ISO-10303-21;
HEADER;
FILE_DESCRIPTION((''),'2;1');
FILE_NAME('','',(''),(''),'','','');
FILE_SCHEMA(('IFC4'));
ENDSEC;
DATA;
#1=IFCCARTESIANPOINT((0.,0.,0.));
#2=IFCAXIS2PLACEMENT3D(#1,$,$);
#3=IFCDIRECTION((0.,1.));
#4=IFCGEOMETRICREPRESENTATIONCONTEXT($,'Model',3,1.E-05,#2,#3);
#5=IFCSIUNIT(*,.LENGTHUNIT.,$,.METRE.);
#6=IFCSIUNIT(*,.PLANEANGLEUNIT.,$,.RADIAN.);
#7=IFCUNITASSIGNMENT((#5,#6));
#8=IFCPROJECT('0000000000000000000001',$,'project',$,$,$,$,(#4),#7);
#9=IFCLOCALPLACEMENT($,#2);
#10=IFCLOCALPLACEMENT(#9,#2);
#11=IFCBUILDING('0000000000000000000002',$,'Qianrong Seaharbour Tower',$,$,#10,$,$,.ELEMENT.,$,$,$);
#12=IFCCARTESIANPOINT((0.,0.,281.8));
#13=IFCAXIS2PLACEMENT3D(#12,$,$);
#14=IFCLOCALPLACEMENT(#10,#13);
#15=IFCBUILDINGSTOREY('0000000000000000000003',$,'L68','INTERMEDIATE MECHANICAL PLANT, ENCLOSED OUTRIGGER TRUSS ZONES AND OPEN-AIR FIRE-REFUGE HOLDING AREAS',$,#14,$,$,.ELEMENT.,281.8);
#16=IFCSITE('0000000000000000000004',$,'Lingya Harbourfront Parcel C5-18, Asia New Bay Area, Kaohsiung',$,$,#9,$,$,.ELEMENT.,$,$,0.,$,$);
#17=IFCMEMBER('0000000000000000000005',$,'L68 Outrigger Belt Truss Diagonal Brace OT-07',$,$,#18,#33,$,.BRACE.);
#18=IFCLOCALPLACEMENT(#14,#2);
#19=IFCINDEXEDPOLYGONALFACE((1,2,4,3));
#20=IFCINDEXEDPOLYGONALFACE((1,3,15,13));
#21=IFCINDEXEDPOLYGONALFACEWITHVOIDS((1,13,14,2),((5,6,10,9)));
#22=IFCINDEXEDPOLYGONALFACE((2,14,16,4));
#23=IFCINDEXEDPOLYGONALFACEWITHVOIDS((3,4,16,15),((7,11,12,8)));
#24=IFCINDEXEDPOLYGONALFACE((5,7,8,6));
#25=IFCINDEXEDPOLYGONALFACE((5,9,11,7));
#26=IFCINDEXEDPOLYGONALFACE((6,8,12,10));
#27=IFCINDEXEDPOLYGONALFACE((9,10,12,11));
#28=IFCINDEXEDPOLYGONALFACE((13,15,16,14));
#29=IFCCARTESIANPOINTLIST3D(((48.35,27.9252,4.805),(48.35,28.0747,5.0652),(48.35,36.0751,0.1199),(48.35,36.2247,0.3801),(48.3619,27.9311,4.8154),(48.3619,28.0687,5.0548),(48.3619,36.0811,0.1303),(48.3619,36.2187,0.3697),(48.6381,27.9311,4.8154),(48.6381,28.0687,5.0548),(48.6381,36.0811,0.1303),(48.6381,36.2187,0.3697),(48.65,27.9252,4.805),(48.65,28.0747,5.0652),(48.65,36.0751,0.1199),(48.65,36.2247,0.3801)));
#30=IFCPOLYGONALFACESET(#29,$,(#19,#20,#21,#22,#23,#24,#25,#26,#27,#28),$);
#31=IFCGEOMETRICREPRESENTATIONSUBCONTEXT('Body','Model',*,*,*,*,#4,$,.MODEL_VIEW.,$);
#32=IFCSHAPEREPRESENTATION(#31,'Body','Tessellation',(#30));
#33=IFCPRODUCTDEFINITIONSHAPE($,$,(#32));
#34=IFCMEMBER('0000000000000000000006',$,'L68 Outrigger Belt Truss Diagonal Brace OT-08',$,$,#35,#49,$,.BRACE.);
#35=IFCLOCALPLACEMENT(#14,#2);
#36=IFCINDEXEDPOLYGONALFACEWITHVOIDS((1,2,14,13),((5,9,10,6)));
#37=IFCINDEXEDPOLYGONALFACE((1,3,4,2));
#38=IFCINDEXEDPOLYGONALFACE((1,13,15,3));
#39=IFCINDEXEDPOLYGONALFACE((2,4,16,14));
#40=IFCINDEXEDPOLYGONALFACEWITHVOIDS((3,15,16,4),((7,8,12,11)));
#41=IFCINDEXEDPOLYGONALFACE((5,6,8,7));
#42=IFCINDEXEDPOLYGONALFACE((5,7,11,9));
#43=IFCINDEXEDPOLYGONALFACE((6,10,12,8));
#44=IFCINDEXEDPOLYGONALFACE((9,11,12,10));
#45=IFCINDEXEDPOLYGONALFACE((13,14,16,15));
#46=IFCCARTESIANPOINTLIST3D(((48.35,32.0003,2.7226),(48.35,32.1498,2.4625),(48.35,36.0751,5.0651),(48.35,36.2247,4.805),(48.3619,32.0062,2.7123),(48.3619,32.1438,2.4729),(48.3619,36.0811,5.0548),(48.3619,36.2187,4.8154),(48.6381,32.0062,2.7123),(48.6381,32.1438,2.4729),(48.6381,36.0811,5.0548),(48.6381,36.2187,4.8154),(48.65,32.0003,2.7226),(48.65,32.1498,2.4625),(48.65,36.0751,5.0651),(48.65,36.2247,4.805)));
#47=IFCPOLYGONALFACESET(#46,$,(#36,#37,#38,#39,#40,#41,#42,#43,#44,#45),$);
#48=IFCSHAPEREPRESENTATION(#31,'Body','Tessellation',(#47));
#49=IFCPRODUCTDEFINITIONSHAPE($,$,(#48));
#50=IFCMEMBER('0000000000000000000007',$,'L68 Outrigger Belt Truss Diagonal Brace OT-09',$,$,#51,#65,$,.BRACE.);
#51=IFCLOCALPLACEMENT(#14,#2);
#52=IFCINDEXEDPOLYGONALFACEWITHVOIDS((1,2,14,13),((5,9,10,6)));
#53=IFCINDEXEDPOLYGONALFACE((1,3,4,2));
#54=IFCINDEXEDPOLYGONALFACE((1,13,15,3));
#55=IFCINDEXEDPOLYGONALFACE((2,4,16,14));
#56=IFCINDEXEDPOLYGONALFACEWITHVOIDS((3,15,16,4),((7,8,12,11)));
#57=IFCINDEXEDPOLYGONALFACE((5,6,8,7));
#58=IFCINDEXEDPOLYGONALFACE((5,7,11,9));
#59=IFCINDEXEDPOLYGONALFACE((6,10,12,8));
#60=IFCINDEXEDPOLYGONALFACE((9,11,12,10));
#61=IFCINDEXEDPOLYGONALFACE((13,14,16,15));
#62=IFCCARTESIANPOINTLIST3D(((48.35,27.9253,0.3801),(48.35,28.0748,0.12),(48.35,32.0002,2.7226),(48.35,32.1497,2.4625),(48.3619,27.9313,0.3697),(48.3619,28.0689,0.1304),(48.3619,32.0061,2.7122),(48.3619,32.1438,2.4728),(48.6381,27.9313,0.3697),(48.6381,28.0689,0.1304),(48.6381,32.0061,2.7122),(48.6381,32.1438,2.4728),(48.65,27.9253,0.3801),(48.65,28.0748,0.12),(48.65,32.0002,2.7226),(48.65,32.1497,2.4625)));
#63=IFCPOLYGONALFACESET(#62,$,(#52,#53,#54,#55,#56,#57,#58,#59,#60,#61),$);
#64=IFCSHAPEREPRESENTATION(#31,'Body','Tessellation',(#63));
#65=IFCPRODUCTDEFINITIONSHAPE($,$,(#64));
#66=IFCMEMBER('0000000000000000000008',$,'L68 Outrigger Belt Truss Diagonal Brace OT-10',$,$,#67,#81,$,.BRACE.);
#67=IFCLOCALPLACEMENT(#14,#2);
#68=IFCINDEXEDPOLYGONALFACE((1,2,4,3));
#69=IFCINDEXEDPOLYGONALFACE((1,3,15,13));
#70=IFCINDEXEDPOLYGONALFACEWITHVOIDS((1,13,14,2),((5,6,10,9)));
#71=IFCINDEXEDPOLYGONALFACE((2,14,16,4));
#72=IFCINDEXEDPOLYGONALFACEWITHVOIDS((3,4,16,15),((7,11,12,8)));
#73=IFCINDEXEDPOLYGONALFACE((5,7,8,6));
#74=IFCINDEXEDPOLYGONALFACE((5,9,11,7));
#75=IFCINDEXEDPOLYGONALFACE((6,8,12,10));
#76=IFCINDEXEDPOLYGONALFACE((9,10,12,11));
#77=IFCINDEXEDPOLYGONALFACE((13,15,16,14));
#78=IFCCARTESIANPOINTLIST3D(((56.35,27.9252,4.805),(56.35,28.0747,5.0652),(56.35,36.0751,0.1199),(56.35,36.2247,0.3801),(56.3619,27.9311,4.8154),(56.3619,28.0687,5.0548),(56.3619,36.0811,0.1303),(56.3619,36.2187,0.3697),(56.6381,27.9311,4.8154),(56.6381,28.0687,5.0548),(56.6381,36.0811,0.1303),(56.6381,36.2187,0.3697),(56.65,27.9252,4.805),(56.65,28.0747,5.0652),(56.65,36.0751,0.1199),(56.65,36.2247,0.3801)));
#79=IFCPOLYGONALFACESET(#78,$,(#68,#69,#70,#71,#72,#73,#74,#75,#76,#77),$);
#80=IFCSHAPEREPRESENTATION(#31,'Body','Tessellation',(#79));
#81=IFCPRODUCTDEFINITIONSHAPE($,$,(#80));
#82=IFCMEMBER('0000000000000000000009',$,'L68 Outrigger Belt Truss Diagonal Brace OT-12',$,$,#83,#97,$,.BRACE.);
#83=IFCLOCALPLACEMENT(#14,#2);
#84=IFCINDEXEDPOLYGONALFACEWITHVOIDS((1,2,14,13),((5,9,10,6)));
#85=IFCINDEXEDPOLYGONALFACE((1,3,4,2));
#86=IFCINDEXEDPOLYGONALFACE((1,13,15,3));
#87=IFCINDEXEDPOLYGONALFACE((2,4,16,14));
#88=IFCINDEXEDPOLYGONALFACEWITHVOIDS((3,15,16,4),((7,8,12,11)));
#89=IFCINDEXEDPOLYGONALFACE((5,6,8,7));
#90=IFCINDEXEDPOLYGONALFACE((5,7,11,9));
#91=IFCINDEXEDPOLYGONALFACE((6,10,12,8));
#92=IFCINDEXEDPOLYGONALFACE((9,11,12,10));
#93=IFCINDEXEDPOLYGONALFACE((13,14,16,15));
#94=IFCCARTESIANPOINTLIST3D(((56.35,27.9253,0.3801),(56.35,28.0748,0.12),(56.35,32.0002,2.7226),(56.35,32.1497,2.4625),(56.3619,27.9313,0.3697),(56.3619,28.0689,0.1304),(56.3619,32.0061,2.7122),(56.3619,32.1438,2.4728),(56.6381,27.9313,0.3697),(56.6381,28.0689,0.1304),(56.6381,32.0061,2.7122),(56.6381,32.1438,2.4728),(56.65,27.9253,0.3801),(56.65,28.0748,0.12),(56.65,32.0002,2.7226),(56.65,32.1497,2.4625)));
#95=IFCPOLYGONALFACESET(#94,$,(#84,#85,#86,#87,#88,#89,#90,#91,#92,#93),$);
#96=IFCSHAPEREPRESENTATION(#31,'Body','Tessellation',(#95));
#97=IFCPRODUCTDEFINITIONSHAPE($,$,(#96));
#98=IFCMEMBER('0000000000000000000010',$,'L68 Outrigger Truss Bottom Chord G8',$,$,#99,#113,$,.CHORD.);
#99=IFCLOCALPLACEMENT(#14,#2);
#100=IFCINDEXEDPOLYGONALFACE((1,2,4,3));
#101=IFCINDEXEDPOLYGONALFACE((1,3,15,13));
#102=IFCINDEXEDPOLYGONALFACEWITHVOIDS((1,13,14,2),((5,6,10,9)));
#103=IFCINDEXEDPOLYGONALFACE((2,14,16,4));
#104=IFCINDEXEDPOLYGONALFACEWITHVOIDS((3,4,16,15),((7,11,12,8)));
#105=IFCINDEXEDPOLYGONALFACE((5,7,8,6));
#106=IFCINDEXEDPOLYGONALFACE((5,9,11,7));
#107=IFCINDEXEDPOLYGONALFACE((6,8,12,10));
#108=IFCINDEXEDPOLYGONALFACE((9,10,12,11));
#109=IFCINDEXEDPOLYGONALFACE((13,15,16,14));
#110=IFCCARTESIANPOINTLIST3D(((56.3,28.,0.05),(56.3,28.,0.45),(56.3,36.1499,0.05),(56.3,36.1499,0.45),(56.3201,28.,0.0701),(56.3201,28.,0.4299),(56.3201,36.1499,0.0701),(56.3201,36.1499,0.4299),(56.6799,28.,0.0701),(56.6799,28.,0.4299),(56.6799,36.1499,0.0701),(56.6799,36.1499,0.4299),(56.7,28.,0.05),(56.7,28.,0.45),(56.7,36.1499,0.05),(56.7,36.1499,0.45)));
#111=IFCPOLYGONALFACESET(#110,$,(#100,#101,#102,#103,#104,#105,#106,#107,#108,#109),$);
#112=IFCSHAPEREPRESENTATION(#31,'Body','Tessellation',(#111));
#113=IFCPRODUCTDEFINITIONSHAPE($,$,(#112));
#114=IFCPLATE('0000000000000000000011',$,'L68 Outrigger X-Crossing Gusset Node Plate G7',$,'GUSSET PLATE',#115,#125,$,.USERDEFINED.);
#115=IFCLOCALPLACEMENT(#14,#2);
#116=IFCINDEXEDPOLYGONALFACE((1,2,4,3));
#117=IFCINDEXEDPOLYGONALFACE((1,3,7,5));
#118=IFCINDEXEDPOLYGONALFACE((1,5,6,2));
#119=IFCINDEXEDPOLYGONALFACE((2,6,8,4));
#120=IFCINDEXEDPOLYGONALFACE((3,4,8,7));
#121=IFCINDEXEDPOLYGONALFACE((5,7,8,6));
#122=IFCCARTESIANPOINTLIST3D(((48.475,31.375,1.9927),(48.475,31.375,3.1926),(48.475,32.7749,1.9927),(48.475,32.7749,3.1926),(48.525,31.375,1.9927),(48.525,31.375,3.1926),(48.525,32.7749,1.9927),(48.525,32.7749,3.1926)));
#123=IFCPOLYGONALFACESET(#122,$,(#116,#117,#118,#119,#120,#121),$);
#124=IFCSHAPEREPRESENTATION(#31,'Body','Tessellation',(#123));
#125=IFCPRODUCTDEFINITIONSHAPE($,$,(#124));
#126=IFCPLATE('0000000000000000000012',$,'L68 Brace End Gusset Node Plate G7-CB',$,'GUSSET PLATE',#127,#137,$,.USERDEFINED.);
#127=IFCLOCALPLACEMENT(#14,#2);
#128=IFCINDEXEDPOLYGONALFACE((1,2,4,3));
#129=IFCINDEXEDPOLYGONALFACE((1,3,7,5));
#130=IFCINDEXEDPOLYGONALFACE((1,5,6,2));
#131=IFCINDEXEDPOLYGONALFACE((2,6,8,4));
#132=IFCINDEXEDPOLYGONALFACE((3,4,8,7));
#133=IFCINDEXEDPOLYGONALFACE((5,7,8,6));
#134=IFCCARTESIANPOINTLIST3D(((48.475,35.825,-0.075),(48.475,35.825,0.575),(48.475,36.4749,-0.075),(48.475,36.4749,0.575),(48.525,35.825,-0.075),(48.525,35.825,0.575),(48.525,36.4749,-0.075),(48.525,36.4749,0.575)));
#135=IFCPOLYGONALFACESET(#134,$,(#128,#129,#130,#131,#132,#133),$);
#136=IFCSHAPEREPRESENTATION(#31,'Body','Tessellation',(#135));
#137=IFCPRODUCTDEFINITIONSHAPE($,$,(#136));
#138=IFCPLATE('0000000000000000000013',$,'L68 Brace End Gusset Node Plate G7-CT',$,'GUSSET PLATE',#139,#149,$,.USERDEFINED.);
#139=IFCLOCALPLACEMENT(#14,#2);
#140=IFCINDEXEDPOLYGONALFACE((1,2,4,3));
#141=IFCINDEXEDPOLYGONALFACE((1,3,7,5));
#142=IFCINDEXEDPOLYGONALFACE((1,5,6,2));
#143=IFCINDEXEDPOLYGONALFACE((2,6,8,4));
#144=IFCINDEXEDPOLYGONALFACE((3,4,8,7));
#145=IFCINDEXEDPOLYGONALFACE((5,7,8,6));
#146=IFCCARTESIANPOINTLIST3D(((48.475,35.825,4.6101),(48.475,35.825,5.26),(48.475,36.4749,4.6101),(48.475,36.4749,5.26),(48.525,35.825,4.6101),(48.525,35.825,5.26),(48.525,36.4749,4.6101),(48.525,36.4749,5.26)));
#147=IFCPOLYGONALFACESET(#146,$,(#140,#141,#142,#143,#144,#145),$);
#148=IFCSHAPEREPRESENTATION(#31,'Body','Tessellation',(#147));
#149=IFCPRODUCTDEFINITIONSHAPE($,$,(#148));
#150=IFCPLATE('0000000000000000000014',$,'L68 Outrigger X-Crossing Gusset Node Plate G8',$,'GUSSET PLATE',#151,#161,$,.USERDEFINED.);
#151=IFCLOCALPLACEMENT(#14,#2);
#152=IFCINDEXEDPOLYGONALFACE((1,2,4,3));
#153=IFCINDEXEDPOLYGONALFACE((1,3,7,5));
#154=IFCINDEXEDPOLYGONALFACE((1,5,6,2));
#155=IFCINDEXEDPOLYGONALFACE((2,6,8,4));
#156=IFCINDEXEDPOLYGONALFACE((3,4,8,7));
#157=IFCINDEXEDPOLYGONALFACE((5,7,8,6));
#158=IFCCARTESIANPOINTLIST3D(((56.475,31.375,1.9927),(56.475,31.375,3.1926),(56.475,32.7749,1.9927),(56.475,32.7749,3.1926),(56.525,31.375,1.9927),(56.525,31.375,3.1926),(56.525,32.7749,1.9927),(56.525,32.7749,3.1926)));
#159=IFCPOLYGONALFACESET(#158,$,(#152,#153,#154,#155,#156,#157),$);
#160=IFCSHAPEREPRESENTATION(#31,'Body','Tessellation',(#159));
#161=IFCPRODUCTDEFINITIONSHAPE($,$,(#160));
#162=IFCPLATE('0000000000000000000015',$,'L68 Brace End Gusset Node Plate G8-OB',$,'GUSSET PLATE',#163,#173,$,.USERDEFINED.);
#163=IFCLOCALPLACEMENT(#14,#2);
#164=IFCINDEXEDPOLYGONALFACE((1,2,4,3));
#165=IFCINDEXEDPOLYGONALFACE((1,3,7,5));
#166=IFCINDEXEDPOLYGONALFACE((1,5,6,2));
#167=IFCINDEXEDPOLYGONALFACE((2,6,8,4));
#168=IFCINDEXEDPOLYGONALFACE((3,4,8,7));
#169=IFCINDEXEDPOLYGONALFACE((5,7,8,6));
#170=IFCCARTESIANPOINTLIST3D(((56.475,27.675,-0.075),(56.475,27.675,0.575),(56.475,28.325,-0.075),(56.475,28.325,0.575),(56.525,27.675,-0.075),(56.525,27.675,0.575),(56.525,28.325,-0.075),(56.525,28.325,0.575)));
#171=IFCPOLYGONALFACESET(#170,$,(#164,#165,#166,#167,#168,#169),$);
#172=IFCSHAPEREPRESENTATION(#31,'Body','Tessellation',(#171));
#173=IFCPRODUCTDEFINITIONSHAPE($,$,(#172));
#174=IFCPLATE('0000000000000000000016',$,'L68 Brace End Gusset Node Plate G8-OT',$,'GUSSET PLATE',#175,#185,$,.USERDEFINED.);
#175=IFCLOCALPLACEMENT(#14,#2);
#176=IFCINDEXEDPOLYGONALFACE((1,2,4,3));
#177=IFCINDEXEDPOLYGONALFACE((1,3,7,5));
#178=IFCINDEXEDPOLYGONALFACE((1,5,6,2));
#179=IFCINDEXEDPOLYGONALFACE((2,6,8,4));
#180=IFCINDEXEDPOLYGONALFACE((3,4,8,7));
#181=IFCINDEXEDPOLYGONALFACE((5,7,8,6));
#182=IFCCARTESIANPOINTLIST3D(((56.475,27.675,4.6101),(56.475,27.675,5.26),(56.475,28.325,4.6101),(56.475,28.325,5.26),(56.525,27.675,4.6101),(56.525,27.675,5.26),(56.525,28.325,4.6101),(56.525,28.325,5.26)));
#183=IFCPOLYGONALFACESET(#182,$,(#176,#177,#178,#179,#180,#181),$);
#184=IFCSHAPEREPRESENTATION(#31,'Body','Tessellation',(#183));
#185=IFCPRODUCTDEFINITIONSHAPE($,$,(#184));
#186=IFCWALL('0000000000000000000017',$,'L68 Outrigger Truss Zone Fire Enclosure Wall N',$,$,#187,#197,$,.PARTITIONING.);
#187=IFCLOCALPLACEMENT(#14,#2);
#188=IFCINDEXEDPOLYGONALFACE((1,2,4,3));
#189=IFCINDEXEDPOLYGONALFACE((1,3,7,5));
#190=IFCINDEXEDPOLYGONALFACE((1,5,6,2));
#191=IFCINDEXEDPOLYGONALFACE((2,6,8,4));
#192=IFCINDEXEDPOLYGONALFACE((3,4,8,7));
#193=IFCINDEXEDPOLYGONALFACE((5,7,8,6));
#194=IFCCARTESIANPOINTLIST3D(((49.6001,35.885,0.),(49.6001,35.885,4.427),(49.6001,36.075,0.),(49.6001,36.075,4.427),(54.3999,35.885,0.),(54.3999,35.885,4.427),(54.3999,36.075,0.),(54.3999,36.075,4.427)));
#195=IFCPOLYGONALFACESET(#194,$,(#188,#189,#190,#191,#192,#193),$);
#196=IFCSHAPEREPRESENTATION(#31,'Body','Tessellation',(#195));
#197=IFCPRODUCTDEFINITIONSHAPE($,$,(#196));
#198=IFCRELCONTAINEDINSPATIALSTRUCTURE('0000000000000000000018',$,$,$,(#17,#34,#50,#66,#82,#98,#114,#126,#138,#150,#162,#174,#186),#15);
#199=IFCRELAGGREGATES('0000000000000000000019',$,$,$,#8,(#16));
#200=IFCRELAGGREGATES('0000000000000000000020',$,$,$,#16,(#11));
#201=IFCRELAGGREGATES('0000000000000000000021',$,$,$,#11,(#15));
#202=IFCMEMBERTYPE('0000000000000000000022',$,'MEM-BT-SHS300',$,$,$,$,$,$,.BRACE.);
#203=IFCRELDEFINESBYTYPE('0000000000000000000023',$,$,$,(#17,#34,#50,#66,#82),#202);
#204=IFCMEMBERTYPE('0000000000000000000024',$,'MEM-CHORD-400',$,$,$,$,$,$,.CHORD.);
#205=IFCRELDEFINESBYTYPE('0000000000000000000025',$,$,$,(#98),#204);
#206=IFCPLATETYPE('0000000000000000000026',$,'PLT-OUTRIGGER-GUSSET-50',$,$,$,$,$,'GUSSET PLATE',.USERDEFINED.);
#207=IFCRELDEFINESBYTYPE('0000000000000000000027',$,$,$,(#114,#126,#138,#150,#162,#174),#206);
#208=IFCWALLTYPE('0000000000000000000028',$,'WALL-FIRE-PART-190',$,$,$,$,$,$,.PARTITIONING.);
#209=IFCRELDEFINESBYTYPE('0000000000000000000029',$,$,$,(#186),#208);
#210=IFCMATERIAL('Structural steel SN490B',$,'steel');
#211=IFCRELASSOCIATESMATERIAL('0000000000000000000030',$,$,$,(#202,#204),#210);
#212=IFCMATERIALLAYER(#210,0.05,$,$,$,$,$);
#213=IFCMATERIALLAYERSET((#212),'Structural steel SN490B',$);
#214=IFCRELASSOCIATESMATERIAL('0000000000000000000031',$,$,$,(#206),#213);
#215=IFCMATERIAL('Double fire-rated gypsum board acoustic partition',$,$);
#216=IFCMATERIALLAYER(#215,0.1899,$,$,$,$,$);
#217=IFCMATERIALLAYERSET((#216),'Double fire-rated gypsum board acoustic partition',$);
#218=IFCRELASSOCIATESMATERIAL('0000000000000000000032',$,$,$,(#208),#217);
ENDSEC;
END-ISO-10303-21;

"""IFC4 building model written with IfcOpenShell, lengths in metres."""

from ifc_helpers import new_model, si_unit, direction, frame, frame_2d, origin, origin_2d, place, context, subcontext, project, spatial, rectangle, hollow_rectangle, extrude, material, layer, layer_set, material_profile, profile_set, type_object, element, save


model = new_model("IFC4")

# Units and contexts
model_context = context("Model", 3, precision=1e-05, world=origin(), true_north=direction((0.0, 1.0)))
body_context = subcontext(model_context, "Body", "Model", "MODEL_VIEW")
ifc_project = project(units=[si_unit("LENGTHUNIT", "METRE"), si_unit("PLANEANGLEUNIT", "RADIAN")], contexts=[model_context])

# Site, building, storey
site_placement = place(None, origin())
site = spatial("IfcSite", under=ifc_project, at=site_placement, Name="Lingya Harbourfront Parcel C5-18, Asia New Bay Area, Kaohsiung", CompositionType="ELEMENT", RefElevation=0.0)
building_placement = place(site_placement, origin())
building = spatial("IfcBuilding", under=site, at=building_placement, Name="Qianrong Seaharbour Tower", CompositionType="ELEMENT")
storey_placement = place(building_placement, frame((0.0, 0.0, 281.8)))
storey = spatial("IfcBuildingStorey", under=building, at=storey_placement, Name="L68", Description="INTERMEDIATE MECHANICAL PLANT, ENCLOSED OUTRIGGER TRUSS ZONES AND OPEN-AIR FIRE-REFUGE HOLDING AREAS", CompositionType="ELEMENT", Elevation=281.8)

# Shared definitions
ifc_material_1 = material(Name="Structural steel SN490B", Category="steel")

# Members
ifc_material_profile_1 = material_profile(ifc_material_1, hollow_rectangle(XDim=0.3, YDim=0.3, WallThickness=0.012, at=origin_2d()), Name="SHS300x300x12")
ifc_profile_set_1 = profile_set([ifc_material_profile_1], Name="Structural steel SN490B")
member_type_1 = type_object("IfcMemberType", Name="MEM-BT-SHS300", PredefinedType="BRACE", material=ifc_profile_set_1)
member_1_placement = place(storey_placement, frame((48.5, 36.1499, 0.25), z_axis=(0.0, -0.866958, 0.49838), x_axis=(1.0, 0.0, 0.0)))
element("IfcMember", 1, at=member_1_placement, inside=storey, type_object=member_type_1, Name="L68 Outrigger Belt Truss Diagonal Brace OT-07", PredefinedType="BRACE", context=body_context, shape_type="SweptSolid", body=[
    extrude(hollow_rectangle(XDim=0.3, YDim=0.3, WallThickness=0.012, at=origin_2d()), origin(), (0.0, 0.0, 1.0), 9.4006),
])
for number, where, z_axis, x_axis, name in (
    (2, (48.5, 36.1499, 4.9351), (0.0, -0.866958, -0.49838), (1.0, 0.0, 0.0), "L68 Outrigger Belt Truss Diagonal Brace OT-08"),
    (3, (48.5, 32.075, 2.5925), (0.0, -0.866958, -0.49838), (1.0, 0.0, 0.0), "L68 Outrigger Belt Truss Diagonal Brace OT-09"),
):
    element("IfcMember", number, at=place(storey_placement, frame(where, z_axis=z_axis, x_axis=x_axis)), inside=storey, type_object=member_type_1, Name=name, PredefinedType="BRACE", context=body_context, shape_type="SweptSolid", body=[
        extrude(hollow_rectangle(XDim=0.3, YDim=0.3, WallThickness=0.012, at=origin_2d()), origin(), (0.0, 0.0, 1.0), 4.7002),
    ])
member_2_placement = place(storey_placement, frame((56.5, 36.1499, 0.25), z_axis=(0.0, -0.866958, 0.49838), x_axis=(1.0, 0.0, 0.0)))
element("IfcMember", 4, at=member_2_placement, inside=storey, type_object=member_type_1, Name="L68 Outrigger Belt Truss Diagonal Brace OT-10", PredefinedType="BRACE", context=body_context, shape_type="SweptSolid", body=[
    extrude(hollow_rectangle(XDim=0.3, YDim=0.3, WallThickness=0.012, at=origin_2d()), origin(), (0.0, 0.0, 1.0), 9.4006),
])
member_3_placement = place(storey_placement, frame((56.5, 32.075, 2.5925), z_axis=(0.0, -0.866958, -0.49838), x_axis=(1.0, 0.0, 0.0)))
element("IfcMember", 5, at=member_3_placement, inside=storey, type_object=member_type_1, Name="L68 Outrigger Belt Truss Diagonal Brace OT-12", PredefinedType="BRACE", context=body_context, shape_type="SweptSolid", body=[
    extrude(hollow_rectangle(XDim=0.3, YDim=0.3, WallThickness=0.012, at=origin_2d()), origin(), (0.0, 0.0, 1.0), 4.7002),
])
ifc_material_profile_2 = material_profile(ifc_material_1, hollow_rectangle(XDim=0.3999, YDim=0.3999, WallThickness=0.02, at=origin_2d()), Name="SHS400x400x20")
ifc_profile_set_2 = profile_set([ifc_material_profile_2], Name="Structural steel SN490B")
member_type_2 = type_object("IfcMemberType", Name="MEM-CHORD-400", PredefinedType="CHORD", material=ifc_profile_set_2)
member_4_placement = place(storey_placement, frame((56.5, 28.0, 0.25), z_axis=(0.0, 1.0, 0.0), x_axis=(-1.0, 0.0, 0.0)))
element("IfcMember", 6, at=member_4_placement, inside=storey, type_object=member_type_2, Name="L68 Outrigger Truss Bottom Chord G8", PredefinedType="CHORD", context=body_context, shape_type="SweptSolid", body=[
    extrude(hollow_rectangle(XDim=0.3999, YDim=0.3999, WallThickness=0.02, at=origin_2d()), origin(), (0.0, 0.0, 1.0), 8.1499),
])

# Plates
ifc_layer_1 = layer(ifc_material_1, 0.05)
ifc_layer_set_1 = layer_set([ifc_layer_1], Name="Structural steel SN490B")
plate_type = type_object("IfcPlateType", Name="PLT-OUTRIGGER-GUSSET-50", ElementType="GUSSET PLATE", PredefinedType="USERDEFINED", material=ifc_layer_set_1)
plate_1_placement = place(storey_placement, frame((48.5, 32.075, 1.9927), z_axis=(0.0, 0.0, 1.0), x_axis=(1.0, 0.0, 0.0)))
element("IfcPlate", 7, at=plate_1_placement, inside=storey, type_object=plate_type, Name="L68 Outrigger X-Crossing Gusset Node Plate G7", ObjectType="GUSSET PLATE", PredefinedType="USERDEFINED", context=body_context, shape_type="SweptSolid", body=[
    extrude(rectangle(XDim=0.05, YDim=1.3999, at=origin_2d()), origin(), (0.0, 0.0, 1.0), 1.2),
])
for number, where, z_axis, x_axis, name in (
    (8, (48.5, 36.1499, -0.075), (0.0, 0.0, 1.0), (1.0, 0.0, 0.0), "L68 Brace End Gusset Node Plate G7-CB"),
    (9, (48.5, 36.1499, 4.6101), (0.0, 0.0, 1.0), (1.0, 0.0, 0.0), "L68 Brace End Gusset Node Plate G7-CT"),
):
    element("IfcPlate", number, at=place(storey_placement, frame(where, z_axis=z_axis, x_axis=x_axis)), inside=storey, type_object=plate_type, Name=name, ObjectType="GUSSET PLATE", PredefinedType="USERDEFINED", context=body_context, shape_type="SweptSolid", body=[
        extrude(rectangle(XDim=0.05, YDim=0.6499, at=origin_2d()), origin(), (0.0, 0.0, 1.0), 0.6499),
    ])
plate_2_placement = place(storey_placement, frame((56.5, 32.075, 1.9927), z_axis=(0.0, 0.0, 1.0), x_axis=(1.0, 0.0, 0.0)))
element("IfcPlate", 10, at=plate_2_placement, inside=storey, type_object=plate_type, Name="L68 Outrigger X-Crossing Gusset Node Plate G8", ObjectType="GUSSET PLATE", PredefinedType="USERDEFINED", context=body_context, shape_type="SweptSolid", body=[
    extrude(rectangle(XDim=0.05, YDim=1.3999, at=origin_2d()), origin(), (0.0, 0.0, 1.0), 1.2),
])
for number, where, z_axis, x_axis, name in (
    (11, (56.5, 28.0, -0.075), (0.0, 0.0, 1.0), (1.0, 0.0, 0.0), "L68 Brace End Gusset Node Plate G8-OB"),
    (12, (56.5, 28.0, 4.6101), (0.0, 0.0, 1.0), (1.0, 0.0, 0.0), "L68 Brace End Gusset Node Plate G8-OT"),
):
    element("IfcPlate", number, at=place(storey_placement, frame(where, z_axis=z_axis, x_axis=x_axis)), inside=storey, type_object=plate_type, Name=name, ObjectType="GUSSET PLATE", PredefinedType="USERDEFINED", context=body_context, shape_type="SweptSolid", body=[
        extrude(rectangle(XDim=0.05, YDim=0.6499, at=origin_2d()), origin(), (0.0, 0.0, 1.0), 0.6499),
    ])

# Wall
ifc_material_2 = material(Name="Double fire-rated gypsum board acoustic partition")
ifc_layer_2 = layer(ifc_material_2, 0.1899)
ifc_layer_set_2 = layer_set([ifc_layer_2], Name="Double fire-rated gypsum board acoustic partition")
wall_type = type_object("IfcWallType", Name="WALL-FIRE-PART-190", PredefinedType="PARTITIONING", material=ifc_layer_set_2)
wall_1_placement = place(storey_placement, frame((49.6001, 35.98, 0.0), z_axis=(0.0, 0.0, 1.0), x_axis=(1.0, 0.0, 0.0)))
element("IfcWall", 13, at=wall_1_placement, inside=storey, type_object=wall_type, Name="L68 Outrigger Truss Zone Fire Enclosure Wall N", PredefinedType="PARTITIONING", context=body_context, shape_type="SweptSolid", body=[
    extrude(rectangle(XDim=4.7998, YDim=0.1899, at=frame_2d((2.3999, 0.0))), origin(), (0.0, 0.0, 1.0), 4.427),
])

save(model, "model.ifc")
